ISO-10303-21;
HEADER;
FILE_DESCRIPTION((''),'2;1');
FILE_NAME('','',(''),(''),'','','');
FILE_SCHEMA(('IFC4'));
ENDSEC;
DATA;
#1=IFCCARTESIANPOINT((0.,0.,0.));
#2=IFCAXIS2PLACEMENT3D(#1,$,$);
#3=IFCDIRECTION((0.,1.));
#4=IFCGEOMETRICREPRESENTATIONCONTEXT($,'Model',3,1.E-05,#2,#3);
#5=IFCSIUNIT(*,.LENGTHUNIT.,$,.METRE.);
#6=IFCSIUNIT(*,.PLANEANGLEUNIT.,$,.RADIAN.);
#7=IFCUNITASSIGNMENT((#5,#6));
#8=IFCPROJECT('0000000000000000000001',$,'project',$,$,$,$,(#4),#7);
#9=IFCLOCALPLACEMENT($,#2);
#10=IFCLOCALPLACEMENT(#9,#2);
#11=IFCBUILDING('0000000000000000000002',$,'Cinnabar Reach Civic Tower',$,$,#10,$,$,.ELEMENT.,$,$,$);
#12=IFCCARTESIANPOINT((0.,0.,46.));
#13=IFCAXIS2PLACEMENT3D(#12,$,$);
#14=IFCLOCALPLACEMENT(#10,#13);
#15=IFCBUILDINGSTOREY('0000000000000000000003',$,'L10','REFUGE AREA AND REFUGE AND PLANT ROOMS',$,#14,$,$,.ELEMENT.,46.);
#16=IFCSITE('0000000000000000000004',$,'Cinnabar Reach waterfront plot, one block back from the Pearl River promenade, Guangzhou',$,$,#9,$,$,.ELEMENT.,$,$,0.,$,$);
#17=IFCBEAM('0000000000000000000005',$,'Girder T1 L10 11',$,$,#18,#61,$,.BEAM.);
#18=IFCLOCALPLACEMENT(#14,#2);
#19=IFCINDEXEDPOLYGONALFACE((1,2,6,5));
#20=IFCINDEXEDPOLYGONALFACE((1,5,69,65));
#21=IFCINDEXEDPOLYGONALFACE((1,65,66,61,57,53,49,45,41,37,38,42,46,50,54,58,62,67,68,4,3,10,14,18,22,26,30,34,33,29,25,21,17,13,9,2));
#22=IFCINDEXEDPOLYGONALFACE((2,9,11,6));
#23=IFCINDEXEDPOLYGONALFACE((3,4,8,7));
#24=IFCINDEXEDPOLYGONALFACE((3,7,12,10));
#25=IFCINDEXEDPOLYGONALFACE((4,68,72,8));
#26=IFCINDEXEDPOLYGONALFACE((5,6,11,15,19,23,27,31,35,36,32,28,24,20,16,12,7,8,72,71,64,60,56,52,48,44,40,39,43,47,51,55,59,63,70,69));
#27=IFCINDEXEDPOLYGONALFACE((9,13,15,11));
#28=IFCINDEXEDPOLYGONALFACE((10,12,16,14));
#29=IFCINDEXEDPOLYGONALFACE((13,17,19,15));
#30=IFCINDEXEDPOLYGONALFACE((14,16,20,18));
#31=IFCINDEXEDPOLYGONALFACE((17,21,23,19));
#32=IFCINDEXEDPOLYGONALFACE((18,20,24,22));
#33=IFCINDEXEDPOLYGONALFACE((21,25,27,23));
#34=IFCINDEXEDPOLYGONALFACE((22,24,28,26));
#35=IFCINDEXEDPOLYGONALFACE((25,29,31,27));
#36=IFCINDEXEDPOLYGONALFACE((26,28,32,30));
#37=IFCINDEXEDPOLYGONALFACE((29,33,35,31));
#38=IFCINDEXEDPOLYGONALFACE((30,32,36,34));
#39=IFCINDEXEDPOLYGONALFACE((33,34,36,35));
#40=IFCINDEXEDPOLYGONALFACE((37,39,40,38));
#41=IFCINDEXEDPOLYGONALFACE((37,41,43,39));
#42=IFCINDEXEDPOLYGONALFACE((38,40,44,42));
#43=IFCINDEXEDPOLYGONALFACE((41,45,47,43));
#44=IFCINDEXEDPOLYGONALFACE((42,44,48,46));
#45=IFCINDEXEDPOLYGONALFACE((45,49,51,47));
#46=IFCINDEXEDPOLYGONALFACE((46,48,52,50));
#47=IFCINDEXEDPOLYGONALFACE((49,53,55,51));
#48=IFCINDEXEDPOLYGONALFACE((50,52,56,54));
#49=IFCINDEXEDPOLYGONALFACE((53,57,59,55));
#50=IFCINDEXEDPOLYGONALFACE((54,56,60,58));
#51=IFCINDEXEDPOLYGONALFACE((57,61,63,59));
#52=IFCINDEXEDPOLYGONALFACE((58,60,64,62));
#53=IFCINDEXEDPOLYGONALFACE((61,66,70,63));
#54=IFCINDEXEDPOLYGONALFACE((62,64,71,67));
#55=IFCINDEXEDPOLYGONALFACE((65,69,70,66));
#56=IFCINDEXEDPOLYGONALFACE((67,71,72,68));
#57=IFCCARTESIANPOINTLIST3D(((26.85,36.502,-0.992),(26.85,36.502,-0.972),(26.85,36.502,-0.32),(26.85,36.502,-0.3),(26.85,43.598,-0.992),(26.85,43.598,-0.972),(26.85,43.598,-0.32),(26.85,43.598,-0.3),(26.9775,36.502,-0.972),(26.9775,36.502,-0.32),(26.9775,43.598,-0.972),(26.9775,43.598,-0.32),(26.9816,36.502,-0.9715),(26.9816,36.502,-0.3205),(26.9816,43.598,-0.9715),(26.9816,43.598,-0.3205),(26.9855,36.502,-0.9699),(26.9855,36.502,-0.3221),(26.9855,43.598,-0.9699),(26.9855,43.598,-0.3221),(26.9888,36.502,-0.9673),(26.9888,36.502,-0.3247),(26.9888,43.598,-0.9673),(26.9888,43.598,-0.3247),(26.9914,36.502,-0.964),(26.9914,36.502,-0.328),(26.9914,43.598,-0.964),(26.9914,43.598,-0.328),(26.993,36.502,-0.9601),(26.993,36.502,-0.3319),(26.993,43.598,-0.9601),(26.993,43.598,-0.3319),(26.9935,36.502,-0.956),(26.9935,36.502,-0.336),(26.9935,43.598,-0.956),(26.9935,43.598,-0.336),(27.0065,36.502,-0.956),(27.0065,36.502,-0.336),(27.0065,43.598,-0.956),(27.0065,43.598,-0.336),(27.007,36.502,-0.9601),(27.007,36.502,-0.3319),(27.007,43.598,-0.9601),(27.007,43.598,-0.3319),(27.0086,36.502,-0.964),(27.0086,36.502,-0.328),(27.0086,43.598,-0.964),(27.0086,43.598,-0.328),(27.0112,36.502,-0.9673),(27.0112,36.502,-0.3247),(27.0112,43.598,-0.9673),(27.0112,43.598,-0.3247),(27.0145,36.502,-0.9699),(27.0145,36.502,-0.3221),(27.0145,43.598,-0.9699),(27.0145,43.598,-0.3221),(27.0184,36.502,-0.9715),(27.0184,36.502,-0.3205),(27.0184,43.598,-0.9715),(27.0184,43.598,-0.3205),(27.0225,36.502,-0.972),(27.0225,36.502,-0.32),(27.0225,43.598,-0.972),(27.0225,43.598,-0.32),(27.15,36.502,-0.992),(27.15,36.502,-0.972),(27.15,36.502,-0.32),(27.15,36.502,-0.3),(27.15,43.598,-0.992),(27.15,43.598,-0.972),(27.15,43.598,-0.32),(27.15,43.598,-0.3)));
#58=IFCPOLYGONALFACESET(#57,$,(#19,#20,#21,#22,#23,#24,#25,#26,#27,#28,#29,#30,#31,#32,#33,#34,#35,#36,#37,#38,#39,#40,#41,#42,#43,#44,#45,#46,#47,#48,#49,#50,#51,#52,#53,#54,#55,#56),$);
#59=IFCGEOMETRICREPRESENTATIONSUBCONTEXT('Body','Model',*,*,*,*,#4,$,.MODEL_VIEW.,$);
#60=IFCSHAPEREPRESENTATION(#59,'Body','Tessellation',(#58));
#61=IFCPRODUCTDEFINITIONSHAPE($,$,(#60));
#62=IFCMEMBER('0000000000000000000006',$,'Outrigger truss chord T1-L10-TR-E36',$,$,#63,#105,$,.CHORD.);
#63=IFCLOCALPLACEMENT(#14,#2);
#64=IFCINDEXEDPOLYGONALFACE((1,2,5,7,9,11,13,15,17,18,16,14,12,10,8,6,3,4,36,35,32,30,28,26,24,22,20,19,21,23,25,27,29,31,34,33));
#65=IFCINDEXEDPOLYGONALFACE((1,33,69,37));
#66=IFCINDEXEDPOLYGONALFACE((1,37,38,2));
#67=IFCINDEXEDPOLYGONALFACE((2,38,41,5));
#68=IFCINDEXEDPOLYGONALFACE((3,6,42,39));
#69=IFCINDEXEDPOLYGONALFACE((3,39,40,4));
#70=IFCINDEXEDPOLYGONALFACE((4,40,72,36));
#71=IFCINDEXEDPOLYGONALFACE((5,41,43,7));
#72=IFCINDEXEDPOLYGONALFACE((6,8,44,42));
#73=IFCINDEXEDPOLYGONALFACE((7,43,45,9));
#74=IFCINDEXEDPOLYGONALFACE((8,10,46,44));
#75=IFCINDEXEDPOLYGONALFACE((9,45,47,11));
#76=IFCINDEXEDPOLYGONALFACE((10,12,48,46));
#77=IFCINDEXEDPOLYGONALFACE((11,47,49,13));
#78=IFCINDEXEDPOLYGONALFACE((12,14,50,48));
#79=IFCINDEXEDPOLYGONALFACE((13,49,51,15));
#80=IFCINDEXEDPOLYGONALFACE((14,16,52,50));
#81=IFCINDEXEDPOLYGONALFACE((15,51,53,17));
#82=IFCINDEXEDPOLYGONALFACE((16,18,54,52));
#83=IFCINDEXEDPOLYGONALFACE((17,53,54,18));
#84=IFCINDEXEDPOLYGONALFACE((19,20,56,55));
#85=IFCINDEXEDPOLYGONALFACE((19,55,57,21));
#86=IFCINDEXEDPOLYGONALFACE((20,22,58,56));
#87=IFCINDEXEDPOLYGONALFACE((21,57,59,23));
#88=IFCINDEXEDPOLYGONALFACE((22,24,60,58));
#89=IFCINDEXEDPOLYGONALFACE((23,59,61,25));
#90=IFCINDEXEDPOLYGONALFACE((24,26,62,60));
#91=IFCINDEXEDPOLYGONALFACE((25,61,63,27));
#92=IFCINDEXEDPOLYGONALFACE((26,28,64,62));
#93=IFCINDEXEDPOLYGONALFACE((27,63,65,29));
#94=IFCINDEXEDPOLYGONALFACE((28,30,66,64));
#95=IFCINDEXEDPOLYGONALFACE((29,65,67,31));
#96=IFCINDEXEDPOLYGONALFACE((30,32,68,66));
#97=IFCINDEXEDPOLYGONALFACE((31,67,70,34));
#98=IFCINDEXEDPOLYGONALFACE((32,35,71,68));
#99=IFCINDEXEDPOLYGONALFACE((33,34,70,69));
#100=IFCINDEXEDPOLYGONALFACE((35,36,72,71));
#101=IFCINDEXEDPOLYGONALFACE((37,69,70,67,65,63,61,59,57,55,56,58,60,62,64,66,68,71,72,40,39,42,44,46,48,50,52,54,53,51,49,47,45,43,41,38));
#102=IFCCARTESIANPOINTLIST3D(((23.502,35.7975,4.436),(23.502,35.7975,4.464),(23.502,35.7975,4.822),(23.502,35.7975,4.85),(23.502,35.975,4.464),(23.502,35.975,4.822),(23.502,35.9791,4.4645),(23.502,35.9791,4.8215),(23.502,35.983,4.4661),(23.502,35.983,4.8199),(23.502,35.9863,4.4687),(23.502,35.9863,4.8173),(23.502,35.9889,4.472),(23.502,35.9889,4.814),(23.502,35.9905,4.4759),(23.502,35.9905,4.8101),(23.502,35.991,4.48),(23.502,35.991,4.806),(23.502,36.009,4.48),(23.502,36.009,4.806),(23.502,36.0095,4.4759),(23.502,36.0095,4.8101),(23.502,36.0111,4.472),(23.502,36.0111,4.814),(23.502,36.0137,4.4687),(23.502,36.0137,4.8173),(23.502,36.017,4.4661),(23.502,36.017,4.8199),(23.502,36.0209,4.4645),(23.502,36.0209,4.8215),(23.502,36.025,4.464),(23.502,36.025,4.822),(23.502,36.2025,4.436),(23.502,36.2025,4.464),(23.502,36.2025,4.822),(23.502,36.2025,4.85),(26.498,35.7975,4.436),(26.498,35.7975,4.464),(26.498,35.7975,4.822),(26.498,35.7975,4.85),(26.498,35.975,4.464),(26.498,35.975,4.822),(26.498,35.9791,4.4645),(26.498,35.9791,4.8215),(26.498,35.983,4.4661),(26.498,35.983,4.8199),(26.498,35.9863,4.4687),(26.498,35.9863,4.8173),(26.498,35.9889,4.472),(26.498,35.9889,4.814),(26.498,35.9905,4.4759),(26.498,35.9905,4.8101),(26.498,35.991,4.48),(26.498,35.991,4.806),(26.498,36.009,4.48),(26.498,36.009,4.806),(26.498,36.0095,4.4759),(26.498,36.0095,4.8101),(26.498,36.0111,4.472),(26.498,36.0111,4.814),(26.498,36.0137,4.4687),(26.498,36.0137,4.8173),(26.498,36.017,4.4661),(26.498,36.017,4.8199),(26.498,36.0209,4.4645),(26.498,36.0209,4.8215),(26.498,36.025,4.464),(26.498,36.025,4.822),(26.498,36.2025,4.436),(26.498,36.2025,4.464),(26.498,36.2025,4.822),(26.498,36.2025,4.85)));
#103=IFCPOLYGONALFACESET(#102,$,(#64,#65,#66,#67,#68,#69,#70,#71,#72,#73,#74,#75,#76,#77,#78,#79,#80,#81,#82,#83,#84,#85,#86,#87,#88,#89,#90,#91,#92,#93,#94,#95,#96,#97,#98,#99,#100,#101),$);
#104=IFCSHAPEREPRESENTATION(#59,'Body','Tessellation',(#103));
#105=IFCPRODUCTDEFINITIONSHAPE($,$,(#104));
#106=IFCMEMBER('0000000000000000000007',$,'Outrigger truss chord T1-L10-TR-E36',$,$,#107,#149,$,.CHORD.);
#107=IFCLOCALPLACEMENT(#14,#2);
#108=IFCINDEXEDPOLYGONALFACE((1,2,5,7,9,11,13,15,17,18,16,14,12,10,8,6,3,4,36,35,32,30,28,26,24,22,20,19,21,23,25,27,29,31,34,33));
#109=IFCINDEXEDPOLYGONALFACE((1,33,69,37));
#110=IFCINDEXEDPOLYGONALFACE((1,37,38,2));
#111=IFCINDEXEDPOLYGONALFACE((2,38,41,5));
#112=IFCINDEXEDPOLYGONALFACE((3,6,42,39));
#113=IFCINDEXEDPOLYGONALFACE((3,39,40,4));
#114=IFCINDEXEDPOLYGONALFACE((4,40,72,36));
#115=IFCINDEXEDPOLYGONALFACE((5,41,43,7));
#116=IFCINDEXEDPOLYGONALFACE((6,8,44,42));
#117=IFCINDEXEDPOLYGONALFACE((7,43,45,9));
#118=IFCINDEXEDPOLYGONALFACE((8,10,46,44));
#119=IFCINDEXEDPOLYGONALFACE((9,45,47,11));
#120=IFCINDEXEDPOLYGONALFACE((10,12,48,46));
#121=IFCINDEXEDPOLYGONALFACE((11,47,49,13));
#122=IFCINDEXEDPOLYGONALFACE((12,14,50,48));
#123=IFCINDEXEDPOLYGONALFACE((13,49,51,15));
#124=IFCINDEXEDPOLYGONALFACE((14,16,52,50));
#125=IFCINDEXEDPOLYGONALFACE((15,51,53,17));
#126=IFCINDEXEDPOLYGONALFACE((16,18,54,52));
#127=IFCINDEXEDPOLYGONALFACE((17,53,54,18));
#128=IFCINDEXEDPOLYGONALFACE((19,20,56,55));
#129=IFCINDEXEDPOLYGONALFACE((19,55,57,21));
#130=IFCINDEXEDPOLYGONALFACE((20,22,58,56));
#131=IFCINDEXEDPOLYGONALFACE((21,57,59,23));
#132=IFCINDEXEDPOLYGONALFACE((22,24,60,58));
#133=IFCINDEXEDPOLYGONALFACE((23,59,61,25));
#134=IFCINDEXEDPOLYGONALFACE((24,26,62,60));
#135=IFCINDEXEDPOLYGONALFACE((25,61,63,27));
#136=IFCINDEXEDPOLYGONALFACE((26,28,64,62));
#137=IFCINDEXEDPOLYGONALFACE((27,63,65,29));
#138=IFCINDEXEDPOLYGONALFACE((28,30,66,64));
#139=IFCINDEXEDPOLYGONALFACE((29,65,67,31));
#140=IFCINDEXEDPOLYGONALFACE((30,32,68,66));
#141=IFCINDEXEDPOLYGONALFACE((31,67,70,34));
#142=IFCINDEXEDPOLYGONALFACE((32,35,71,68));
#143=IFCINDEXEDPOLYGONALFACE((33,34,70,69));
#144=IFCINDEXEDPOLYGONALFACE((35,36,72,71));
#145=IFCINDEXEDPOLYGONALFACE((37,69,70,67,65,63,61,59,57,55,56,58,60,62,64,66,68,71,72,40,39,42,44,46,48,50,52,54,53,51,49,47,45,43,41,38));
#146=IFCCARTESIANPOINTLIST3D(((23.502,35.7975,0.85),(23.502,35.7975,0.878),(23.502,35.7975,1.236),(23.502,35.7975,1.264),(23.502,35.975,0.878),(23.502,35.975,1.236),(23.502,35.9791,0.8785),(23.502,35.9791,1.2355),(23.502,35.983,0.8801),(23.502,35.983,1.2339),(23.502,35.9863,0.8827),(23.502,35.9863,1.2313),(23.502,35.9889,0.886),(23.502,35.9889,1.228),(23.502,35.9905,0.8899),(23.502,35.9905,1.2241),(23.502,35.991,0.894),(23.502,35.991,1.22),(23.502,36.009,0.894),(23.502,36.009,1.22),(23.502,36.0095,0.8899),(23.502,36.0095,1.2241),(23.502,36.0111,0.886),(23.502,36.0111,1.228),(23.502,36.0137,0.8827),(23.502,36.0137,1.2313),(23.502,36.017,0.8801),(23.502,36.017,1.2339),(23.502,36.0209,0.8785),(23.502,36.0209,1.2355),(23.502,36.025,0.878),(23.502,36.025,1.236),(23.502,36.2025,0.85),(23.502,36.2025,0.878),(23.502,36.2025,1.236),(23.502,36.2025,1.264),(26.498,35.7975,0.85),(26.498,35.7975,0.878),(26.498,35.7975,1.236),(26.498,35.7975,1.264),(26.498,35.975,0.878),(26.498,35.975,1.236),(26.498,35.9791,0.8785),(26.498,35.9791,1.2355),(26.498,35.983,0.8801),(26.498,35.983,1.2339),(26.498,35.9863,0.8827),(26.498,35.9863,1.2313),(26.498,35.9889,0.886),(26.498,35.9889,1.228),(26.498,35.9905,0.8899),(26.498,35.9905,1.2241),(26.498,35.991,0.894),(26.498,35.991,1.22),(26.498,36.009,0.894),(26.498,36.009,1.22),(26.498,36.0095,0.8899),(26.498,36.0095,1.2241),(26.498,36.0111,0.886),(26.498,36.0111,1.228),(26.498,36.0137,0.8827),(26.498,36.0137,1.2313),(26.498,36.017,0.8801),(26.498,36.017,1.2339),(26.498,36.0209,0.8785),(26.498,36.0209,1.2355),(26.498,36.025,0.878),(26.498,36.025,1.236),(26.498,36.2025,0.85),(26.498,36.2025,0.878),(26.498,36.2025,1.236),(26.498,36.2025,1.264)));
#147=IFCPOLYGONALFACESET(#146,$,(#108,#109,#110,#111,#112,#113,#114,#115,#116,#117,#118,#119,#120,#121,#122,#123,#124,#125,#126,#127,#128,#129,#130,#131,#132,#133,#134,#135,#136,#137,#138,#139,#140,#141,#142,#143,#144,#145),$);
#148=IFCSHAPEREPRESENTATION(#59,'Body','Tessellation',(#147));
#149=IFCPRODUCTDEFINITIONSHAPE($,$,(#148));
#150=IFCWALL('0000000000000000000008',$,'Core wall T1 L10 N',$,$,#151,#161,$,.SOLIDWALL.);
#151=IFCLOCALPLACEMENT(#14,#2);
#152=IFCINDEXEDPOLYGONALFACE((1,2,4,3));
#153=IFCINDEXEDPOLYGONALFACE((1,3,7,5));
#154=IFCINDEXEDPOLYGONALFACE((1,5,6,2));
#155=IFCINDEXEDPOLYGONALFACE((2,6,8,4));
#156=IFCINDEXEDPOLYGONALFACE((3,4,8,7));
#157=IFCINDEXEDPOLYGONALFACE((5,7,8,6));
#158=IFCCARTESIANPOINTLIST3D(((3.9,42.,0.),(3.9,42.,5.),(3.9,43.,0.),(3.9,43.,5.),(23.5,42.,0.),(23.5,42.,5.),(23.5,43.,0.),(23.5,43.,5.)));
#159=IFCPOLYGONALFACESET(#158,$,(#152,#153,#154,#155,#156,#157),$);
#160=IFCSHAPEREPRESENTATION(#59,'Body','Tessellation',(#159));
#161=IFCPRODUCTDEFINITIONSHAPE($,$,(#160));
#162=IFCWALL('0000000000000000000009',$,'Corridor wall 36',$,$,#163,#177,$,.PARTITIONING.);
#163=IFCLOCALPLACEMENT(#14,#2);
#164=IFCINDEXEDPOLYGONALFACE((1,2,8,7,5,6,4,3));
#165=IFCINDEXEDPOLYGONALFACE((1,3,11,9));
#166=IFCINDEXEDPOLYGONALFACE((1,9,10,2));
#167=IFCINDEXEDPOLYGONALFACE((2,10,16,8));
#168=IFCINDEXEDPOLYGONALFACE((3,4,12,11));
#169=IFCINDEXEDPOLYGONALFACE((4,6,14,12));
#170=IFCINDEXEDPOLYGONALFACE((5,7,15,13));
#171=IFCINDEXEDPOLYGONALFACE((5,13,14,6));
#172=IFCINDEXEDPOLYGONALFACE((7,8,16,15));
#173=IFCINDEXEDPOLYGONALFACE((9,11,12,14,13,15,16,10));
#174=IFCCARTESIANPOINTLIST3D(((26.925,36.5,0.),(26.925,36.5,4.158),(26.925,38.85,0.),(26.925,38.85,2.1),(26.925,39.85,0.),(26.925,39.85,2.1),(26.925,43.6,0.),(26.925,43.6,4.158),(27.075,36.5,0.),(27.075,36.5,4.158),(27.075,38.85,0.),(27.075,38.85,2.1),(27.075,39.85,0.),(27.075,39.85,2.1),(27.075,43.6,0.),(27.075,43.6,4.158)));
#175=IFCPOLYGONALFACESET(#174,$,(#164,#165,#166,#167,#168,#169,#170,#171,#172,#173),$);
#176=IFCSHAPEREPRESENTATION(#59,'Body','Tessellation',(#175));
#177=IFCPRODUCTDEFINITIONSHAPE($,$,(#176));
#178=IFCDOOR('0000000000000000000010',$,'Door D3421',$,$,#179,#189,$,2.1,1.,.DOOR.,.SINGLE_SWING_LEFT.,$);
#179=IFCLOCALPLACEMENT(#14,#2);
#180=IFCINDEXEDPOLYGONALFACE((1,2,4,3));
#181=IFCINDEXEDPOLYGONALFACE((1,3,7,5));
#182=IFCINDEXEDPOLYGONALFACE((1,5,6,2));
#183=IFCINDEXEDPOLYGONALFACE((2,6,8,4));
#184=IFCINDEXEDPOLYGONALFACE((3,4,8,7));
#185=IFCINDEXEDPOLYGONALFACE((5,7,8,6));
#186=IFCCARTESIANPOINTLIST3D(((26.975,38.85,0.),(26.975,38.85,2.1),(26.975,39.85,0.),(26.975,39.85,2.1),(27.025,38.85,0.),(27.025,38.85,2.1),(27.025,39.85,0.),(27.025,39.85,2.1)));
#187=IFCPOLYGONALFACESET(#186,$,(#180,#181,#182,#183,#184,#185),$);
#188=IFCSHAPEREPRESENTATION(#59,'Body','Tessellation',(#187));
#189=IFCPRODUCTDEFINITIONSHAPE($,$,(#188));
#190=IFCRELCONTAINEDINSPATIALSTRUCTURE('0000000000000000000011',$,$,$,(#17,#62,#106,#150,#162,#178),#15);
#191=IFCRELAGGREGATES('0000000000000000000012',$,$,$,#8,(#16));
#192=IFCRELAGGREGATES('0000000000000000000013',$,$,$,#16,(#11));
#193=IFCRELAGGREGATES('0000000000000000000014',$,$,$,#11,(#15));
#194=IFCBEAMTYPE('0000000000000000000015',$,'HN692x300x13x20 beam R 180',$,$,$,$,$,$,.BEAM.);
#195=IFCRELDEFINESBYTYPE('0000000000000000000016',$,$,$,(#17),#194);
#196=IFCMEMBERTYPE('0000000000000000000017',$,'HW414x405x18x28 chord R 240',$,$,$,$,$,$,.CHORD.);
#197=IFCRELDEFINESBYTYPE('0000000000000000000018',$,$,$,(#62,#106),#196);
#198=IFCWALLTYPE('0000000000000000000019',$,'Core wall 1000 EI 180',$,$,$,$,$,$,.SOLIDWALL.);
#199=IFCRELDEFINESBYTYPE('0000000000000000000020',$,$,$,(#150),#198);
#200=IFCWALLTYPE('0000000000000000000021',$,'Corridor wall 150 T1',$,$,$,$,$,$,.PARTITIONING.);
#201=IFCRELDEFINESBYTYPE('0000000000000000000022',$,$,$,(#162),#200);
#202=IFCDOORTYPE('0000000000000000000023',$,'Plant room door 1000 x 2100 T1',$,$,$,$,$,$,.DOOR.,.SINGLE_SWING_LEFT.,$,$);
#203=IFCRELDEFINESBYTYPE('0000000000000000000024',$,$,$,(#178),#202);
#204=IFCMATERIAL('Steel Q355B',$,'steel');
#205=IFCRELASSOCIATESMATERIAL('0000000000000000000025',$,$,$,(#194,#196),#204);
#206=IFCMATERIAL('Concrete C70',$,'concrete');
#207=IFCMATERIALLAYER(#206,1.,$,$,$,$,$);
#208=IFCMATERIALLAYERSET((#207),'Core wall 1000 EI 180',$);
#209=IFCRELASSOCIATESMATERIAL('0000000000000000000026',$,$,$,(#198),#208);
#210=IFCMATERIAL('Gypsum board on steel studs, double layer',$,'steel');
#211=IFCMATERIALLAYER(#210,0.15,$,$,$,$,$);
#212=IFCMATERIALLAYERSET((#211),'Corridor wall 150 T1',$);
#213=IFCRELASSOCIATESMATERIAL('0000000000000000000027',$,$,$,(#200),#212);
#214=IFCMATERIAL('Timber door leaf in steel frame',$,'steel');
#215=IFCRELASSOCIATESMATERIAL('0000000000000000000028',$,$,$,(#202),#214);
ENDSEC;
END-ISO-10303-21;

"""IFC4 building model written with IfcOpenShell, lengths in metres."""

from ifc_helpers import new_model, si_unit, direction, frame, frame_2d, origin, origin_2d, place, context, subcontext, project, spatial, rectangle, i_section, extrude, material, layer, layer_set, material_profile, profile_set, type_object, element, fill, save


model = new_model("IFC4")

# Units and contexts
model_context = context("Model", 3, precision=1e-05, world=origin(), true_north=direction((0.0, 1.0)))
body_context = subcontext(model_context, "Body", "Model", "MODEL_VIEW")
ifc_project = project(units=[si_unit("LENGTHUNIT", "METRE"), si_unit("PLANEANGLEUNIT", "RADIAN")], contexts=[model_context])

# Site, building, storey
site_placement = place(None, origin())
site = spatial("IfcSite", under=ifc_project, at=site_placement, Name="Cinnabar Reach waterfront plot, one block back from the Pearl River promenade, Guangzhou", CompositionType="ELEMENT", RefElevation=0.0)
building_placement = place(site_placement, origin())
building = spatial("IfcBuilding", under=site, at=building_placement, Name="Cinnabar Reach Civic Tower", CompositionType="ELEMENT")
storey_placement = place(building_placement, frame((0.0, 0.0, 46.0)))
storey = spatial("IfcBuildingStorey", under=building, at=storey_placement, Name="L10", Description="REFUGE AREA AND REFUGE AND PLANT ROOMS", CompositionType="ELEMENT", Elevation=46.0)

# Shared definitions
ifc_material_1 = material(Name="Concrete C70", Category="concrete")

# Shared definitions
ifc_material_2 = material(Name="Steel Q355B", Category="steel")

# Beam
ifc_material_profile_1 = material_profile(ifc_material_2, i_section(OverallWidth=0.3, OverallDepth=0.692, WebThickness=0.013, FlangeThickness=0.02, FilletRadius=0.016, at=origin_2d()), Name="HN692x300x13x20")
ifc_profile_set_1 = profile_set([ifc_material_profile_1], Name="Steel Q355B")
beam_type_1 = type_object("IfcBeamType", Name="HN692x300x13x20 beam R 180", PredefinedType="BEAM", material=ifc_profile_set_1)
beam_1_placement = place(storey_placement, frame((27.0, 36.502, -0.646), z_axis=(0.0, 1.0, 0.0), x_axis=(-1.0, 0.0, 0.0)))
element("IfcBeam", 1, at=beam_1_placement, inside=storey, type_object=beam_type_1, Name="Girder T1 L10 11", PredefinedType="BEAM", context=body_context, shape_type="SweptSolid", body=[
    extrude(i_section(OverallWidth=0.3, OverallDepth=0.692, WebThickness=0.013, FlangeThickness=0.02, FilletRadius=0.016, at=origin_2d()), origin(), (0.0, 0.0, 1.0), 7.096),
])

# Members
ifc_material_profile_2 = material_profile(ifc_material_2, i_section(OverallWidth=0.405, OverallDepth=0.414, WebThickness=0.018, FlangeThickness=0.028, FilletRadius=0.016, at=origin_2d()), Name="HW414x405x18x28")
ifc_profile_set_2 = profile_set([ifc_material_profile_2], Name="Steel Q355B")
member_type_1 = type_object("IfcMemberType", Name="HW414x405x18x28 chord R 240", PredefinedType="CHORD", material=ifc_profile_set_2)
for number, where, z_axis, x_axis, name in (
    (2, (23.502, 36.0, 4.643), (1.0, 0.0, 0.0), (0.0, 1.0, 0.0), "Outrigger truss chord T1-L10-TR-E36"),
    (3, (23.502, 36.0, 1.057), (1.0, 0.0, 0.0), (0.0, 1.0, 0.0), "Outrigger truss chord T1-L10-TR-E36"),
):
    element("IfcMember", number, at=place(storey_placement, frame(where, z_axis=z_axis, x_axis=x_axis)), inside=storey, type_object=member_type_1, Name=name, PredefinedType="CHORD", context=body_context, shape_type="SweptSolid", body=[
        extrude(i_section(OverallWidth=0.405, OverallDepth=0.414, WebThickness=0.018, FlangeThickness=0.028, FilletRadius=0.016, at=origin_2d()), origin(), (0.0, 0.0, 1.0), 2.996),
    ])

# Wall
ifc_layer_1 = layer(ifc_material_1, 1.0)
ifc_layer_set_1 = layer_set([ifc_layer_1], Name="Core wall 1000 EI 180")
wall_type_1 = type_object("IfcWallType", Name="Core wall 1000 EI 180", PredefinedType="SOLIDWALL", material=ifc_layer_set_1)
wall_1_placement = place(storey_placement, frame((23.5, 42.5, 0.0), z_axis=(0.0, 0.0, 1.0), x_axis=(-1.0, 0.0, 0.0)))
element("IfcWall", 4, at=wall_1_placement, inside=storey, type_object=wall_type_1, Name="Core wall T1 L10 N", PredefinedType="SOLIDWALL", context=body_context, shape_type="SweptSolid", body=[
    extrude(rectangle(XDim=19.6, YDim=1.0, at=frame_2d((9.8, 0.0))), origin(), (0.0, 0.0, 1.0), 5.0),
])

# Wall, opening, door
ifc_material_3 = material(Name="Gypsum board on steel studs, double layer", Category="steel")
ifc_layer_2 = layer(ifc_material_3, 0.15)
ifc_layer_set_2 = layer_set([ifc_layer_2], Name="Corridor wall 150 T1")
wall_type_2 = type_object("IfcWallType", Name="Corridor wall 150 T1", PredefinedType="PARTITIONING", material=ifc_layer_set_2)
wall_2_placement = place(storey_placement, frame((27.0, 36.5, 0.0), z_axis=(0.0, 0.0, 1.0), x_axis=(0.0, 1.0, 0.0)))
wall_2 = element("IfcWall", 5, at=wall_2_placement, inside=storey, type_object=wall_type_2, Name="Corridor wall 36", PredefinedType="PARTITIONING", context=body_context, shape_type="SweptSolid", body=[
    extrude(rectangle(XDim=7.1, YDim=0.15, at=frame_2d((3.55, 0.0))), origin(), (0.0, 0.0, 1.0), 4.158),
])
opening_1_placement = place(wall_2_placement, frame((2.35, 0.0, 0.0)))
opening_1 = element("IfcOpeningElement", 6, at=opening_1_placement, cuts=wall_2, PredefinedType="OPENING", context=body_context, shape_type="SweptSolid", body=[
    extrude(rectangle(XDim=1.0, YDim=2.1, at=frame_2d((0.5, 1.05))), frame((0.0, 0.085, 0.0), z_axis=(0.0, -1.0, 0.0), x_axis=(1.0, 0.0, 0.0)), (0.0, 0.0, 1.0), 0.17),
])
ifc_material_4 = material(Name="Timber door leaf in steel frame", Category="steel")
door_type_1 = type_object("IfcDoorType", Name="Plant room door 1000 x 2100 T1", OperationType="SINGLE_SWING_LEFT", PredefinedType="DOOR", material=ifc_material_4)
door_1_placement = place(opening_1_placement, origin())
door_1 = element("IfcDoor", 7, at=door_1_placement, inside=storey, type_object=door_type_1, Name="Door D3421", OperationType="SINGLE_SWING_LEFT", OverallHeight=2.1, OverallWidth=1.0, PredefinedType="DOOR", context=body_context, shape_type="SweptSolid", body=[
    extrude(rectangle(XDim=1.0, YDim=2.1, at=frame_2d((0.5, 1.05))), frame((0.0, 0.025, 0.0), z_axis=(0.0, -1.0, 0.0), x_axis=(1.0, 0.0, 0.0)), (0.0, 0.0, 1.0), 0.05),
])
fill(opening_1, door_1)

save(model, "model.ifc")
